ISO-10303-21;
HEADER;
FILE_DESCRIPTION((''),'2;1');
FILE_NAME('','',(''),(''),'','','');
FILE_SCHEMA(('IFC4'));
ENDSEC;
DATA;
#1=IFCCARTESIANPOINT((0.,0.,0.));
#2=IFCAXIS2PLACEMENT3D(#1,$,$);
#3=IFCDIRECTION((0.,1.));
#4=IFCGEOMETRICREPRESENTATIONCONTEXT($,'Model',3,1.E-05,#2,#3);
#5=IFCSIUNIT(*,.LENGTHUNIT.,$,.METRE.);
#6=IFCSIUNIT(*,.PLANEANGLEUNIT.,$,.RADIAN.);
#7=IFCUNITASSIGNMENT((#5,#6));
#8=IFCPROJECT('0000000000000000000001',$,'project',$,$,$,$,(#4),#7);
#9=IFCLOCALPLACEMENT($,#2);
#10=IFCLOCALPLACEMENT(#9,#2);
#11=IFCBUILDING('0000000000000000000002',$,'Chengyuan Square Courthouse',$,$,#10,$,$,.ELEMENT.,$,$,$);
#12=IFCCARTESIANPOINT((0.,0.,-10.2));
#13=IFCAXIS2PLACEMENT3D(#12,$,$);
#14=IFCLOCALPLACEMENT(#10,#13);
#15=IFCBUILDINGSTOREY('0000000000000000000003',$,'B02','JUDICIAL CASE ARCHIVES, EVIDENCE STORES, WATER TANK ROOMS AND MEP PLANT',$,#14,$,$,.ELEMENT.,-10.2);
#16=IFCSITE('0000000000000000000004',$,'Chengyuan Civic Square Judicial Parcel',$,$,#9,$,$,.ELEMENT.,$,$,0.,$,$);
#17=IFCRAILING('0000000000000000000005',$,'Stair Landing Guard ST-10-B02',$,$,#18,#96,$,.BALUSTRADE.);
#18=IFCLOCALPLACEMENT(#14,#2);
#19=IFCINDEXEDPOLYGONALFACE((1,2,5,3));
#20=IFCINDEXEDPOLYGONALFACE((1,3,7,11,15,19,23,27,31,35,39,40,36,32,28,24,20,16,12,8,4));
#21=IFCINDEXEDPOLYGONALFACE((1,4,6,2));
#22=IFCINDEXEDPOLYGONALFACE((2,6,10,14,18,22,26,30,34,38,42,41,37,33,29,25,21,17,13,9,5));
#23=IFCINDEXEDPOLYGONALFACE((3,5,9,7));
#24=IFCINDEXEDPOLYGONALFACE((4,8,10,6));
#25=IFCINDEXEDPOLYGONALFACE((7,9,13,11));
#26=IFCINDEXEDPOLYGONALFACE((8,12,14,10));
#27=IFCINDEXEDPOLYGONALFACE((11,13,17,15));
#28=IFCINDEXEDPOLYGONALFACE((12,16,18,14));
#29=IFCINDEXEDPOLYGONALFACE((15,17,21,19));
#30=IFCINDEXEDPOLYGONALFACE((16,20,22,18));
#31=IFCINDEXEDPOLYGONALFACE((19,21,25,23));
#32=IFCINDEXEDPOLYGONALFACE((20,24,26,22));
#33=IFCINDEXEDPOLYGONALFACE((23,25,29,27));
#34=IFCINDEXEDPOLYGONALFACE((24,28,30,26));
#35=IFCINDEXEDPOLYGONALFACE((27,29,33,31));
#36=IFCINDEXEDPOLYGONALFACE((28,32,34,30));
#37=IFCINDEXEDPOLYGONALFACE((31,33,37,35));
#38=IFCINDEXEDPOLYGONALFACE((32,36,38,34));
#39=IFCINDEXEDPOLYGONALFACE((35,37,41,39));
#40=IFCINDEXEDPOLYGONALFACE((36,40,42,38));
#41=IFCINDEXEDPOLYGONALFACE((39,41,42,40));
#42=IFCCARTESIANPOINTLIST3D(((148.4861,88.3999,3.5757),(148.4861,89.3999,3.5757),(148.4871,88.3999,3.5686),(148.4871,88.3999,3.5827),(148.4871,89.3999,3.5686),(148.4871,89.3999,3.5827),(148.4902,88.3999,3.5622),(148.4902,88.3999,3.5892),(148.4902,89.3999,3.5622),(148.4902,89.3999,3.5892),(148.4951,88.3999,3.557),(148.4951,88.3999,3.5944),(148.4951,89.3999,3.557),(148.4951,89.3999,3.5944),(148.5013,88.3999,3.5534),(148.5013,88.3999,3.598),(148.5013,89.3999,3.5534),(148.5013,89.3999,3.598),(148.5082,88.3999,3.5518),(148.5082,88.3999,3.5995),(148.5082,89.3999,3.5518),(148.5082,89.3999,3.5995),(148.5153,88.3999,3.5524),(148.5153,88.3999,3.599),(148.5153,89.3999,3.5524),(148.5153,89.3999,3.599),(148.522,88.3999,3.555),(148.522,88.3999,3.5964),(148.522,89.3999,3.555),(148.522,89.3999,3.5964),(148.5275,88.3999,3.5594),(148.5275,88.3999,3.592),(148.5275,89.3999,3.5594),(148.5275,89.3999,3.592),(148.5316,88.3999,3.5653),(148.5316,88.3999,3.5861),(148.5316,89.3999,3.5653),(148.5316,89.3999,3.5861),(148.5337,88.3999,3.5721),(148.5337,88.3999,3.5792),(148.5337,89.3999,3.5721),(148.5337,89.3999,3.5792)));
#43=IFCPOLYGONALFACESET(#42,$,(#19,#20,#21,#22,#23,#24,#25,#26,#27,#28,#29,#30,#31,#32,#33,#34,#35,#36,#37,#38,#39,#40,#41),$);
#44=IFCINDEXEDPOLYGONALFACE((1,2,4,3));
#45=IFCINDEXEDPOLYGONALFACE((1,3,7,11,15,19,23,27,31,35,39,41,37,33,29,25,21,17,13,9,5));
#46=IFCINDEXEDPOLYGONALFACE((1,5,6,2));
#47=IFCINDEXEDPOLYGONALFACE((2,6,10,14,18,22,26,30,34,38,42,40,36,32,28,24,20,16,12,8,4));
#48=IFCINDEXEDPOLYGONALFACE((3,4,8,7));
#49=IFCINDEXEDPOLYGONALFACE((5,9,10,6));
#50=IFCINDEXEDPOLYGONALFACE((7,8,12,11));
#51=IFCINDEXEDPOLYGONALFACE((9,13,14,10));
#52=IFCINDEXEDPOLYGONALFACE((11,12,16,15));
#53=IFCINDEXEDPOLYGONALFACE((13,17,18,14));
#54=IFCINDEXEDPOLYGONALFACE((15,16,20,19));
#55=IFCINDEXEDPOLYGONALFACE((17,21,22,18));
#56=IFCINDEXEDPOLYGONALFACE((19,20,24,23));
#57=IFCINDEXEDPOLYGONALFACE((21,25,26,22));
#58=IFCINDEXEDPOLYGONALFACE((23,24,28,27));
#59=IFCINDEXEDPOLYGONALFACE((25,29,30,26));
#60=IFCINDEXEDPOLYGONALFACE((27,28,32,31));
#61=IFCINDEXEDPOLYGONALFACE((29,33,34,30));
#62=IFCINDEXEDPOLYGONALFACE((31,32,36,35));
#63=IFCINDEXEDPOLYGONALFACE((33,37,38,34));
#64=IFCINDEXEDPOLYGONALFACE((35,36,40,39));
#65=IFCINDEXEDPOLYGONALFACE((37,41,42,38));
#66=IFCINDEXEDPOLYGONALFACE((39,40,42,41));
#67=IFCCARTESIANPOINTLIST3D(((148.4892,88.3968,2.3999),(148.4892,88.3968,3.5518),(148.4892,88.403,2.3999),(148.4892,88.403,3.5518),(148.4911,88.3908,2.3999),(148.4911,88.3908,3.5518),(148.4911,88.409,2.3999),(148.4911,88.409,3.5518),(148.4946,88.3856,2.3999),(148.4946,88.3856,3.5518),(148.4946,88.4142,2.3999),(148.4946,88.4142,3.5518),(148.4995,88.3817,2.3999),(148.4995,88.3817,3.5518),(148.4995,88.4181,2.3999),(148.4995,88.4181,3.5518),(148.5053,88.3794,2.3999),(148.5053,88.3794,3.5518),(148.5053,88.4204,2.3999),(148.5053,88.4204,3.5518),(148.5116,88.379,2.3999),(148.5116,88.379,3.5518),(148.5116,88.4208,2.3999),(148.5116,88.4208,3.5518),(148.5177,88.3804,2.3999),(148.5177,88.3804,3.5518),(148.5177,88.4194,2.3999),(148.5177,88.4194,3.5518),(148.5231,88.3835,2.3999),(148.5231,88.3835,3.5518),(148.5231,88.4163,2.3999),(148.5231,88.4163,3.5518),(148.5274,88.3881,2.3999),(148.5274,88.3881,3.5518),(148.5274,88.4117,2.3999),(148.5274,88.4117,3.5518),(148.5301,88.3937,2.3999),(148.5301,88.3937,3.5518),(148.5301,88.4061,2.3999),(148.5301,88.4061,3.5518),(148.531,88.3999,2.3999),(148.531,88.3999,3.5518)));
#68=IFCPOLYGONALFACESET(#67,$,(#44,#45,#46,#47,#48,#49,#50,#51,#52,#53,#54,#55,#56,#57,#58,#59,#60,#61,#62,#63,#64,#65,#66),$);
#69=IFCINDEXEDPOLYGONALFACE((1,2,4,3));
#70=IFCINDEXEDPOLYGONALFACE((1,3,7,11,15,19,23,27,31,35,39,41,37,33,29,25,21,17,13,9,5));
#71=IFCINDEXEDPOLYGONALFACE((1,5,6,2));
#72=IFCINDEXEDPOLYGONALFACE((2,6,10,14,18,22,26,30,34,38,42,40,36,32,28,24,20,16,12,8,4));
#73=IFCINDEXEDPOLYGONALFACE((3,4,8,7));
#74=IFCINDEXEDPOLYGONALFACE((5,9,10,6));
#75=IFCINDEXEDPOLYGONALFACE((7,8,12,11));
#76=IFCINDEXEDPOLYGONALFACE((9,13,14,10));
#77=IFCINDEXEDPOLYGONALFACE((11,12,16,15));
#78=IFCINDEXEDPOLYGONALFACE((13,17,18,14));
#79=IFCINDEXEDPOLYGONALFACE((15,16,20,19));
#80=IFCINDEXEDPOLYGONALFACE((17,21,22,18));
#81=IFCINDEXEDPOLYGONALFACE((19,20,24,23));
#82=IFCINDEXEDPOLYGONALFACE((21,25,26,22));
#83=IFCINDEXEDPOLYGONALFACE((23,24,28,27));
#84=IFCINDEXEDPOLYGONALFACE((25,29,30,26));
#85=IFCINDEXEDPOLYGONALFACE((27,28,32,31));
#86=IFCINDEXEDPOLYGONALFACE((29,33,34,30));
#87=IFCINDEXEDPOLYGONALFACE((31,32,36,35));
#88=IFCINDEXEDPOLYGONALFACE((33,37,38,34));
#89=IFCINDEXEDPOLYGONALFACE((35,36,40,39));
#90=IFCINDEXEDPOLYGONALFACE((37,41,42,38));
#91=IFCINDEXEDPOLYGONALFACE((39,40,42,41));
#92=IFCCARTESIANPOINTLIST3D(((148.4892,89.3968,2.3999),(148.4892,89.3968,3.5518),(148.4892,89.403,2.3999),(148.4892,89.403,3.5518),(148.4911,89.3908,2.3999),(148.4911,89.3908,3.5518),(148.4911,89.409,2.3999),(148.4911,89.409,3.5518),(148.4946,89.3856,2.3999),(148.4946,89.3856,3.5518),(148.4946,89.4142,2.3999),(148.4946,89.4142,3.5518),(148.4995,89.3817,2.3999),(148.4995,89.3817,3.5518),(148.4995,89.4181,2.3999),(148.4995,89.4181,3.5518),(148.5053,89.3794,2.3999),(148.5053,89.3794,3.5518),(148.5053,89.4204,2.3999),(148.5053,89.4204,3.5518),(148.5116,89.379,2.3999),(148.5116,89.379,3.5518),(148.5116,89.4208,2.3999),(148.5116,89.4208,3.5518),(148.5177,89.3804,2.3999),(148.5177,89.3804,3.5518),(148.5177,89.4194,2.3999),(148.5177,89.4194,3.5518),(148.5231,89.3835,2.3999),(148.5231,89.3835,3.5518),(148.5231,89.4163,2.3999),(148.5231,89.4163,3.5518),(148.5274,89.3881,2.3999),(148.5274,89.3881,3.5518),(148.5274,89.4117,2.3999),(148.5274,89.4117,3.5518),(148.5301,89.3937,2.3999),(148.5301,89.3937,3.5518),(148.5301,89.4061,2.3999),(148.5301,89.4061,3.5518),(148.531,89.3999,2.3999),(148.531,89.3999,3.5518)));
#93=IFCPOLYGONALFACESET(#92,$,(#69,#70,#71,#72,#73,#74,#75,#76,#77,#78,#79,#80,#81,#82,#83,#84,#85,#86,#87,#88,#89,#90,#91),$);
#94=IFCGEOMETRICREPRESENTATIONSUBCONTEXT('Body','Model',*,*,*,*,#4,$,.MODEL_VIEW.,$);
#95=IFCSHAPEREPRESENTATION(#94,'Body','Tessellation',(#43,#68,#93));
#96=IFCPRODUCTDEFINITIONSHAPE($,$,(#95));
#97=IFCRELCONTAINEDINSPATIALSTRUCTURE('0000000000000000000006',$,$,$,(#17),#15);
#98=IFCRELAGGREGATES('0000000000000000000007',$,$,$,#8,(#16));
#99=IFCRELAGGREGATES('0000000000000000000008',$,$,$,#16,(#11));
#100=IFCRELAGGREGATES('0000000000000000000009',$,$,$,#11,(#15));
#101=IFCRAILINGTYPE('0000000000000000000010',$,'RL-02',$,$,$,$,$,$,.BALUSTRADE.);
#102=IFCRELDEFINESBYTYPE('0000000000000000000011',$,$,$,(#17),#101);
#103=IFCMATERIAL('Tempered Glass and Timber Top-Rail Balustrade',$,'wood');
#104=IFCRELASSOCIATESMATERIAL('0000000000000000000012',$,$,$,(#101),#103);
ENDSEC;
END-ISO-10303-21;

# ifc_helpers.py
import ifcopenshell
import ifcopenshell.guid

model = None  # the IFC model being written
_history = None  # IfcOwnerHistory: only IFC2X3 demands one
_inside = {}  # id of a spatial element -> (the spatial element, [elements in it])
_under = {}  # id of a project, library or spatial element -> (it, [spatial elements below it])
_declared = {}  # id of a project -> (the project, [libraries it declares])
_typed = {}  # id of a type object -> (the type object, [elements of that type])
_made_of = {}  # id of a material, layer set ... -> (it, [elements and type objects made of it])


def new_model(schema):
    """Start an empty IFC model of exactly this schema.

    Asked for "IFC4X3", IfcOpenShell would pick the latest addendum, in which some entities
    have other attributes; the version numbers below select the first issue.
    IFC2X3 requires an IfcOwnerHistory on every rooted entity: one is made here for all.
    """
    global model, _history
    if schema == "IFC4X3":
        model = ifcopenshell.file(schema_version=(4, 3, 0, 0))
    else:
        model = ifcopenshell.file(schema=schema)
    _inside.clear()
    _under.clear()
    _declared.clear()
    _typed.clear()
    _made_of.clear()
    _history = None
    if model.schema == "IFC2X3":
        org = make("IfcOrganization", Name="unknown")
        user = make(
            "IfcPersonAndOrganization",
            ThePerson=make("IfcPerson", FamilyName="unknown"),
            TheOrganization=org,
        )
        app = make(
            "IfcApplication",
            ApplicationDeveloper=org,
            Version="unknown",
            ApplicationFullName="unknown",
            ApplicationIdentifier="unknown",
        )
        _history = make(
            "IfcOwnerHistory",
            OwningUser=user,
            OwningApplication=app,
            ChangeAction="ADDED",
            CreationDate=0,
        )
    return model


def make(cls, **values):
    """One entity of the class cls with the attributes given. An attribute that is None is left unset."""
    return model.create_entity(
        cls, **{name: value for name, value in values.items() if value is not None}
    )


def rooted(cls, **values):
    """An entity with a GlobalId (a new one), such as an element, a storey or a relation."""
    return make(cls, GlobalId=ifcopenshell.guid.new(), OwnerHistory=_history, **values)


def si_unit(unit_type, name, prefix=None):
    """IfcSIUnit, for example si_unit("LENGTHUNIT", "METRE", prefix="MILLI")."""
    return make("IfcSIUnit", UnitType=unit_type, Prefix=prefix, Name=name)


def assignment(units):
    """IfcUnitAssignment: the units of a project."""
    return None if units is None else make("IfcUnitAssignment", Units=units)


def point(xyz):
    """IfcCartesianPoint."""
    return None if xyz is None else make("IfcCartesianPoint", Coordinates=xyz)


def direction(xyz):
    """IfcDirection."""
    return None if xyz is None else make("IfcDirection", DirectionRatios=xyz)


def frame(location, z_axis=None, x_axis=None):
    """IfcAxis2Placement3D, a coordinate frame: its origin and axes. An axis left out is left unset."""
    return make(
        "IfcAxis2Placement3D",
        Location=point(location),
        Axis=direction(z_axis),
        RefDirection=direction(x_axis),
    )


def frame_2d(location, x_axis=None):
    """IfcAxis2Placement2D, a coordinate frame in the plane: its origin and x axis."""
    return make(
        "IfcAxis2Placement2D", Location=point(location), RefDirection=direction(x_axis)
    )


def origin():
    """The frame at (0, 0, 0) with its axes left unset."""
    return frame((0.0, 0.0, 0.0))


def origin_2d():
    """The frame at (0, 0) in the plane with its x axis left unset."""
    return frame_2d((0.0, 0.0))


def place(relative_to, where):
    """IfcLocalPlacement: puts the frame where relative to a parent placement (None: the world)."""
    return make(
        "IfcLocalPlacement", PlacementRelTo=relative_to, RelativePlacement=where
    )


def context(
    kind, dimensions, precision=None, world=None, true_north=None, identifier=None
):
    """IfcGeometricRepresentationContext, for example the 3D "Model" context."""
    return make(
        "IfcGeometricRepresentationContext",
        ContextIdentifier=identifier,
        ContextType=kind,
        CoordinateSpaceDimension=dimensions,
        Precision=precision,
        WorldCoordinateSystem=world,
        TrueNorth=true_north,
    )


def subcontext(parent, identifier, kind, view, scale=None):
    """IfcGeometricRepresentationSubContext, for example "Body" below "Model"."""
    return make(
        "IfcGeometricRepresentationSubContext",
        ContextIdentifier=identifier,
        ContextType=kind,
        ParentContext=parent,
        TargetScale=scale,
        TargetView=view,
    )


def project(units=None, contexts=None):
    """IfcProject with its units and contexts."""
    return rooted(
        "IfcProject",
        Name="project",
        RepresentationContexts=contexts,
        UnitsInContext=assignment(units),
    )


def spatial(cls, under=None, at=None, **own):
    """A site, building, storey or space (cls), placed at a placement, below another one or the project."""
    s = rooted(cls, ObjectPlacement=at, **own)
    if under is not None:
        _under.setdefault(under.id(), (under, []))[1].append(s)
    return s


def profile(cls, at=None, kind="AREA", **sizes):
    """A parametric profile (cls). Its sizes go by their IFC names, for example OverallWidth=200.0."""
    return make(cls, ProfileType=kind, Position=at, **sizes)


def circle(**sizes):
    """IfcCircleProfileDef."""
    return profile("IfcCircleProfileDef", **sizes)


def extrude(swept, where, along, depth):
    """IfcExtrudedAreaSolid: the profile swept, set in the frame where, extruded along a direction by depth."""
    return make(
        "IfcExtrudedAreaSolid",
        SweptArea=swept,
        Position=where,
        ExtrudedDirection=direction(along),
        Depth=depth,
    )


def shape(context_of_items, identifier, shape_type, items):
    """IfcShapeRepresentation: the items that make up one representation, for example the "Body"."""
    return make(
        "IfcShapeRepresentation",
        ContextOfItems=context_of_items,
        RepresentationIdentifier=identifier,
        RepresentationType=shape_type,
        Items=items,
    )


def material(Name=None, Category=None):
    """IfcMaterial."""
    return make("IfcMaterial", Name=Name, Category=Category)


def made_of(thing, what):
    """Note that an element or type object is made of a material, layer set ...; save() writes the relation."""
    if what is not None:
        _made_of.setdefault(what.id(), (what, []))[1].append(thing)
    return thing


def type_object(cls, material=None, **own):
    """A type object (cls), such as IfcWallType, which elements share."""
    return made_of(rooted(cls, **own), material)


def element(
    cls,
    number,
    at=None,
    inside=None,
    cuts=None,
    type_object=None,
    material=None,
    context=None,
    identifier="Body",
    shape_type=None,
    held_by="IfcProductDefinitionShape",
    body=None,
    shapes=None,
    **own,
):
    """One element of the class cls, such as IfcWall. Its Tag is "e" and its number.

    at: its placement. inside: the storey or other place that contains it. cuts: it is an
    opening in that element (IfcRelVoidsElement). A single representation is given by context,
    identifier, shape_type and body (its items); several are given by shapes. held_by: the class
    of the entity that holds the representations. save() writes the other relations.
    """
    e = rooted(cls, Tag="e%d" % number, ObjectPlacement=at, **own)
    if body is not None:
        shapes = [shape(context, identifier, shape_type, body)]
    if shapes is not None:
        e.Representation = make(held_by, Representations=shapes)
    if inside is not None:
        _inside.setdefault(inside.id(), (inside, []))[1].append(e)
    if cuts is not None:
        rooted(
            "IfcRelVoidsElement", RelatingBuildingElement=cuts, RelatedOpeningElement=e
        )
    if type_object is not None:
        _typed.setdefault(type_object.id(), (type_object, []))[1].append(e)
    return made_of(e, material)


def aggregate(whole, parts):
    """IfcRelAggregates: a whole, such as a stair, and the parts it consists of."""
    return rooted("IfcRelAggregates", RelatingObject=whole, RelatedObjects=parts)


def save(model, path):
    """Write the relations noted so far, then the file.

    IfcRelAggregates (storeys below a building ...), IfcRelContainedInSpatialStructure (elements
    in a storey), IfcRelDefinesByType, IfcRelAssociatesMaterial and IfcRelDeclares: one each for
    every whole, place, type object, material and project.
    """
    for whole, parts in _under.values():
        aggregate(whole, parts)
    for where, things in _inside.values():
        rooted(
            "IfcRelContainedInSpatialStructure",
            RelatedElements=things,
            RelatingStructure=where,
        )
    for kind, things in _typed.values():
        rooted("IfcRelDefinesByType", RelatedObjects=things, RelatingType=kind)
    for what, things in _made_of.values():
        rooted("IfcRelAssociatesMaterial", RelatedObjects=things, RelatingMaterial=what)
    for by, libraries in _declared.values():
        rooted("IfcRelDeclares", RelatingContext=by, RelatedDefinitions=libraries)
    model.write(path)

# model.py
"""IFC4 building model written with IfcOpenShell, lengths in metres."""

from ifc_helpers import new_model, si_unit, direction, frame, origin, origin_2d, place, context, subcontext, project, spatial, circle, extrude, material, type_object, element, save


model = new_model("IFC4")

# Units and contexts
model_context = context("Model", 3, precision=1e-05, world=origin(), true_north=direction((0.0, 1.0)))
body_context = subcontext(model_context, "Body", "Model", "MODEL_VIEW")
ifc_project = project(units=[si_unit("LENGTHUNIT", "METRE"), si_unit("PLANEANGLEUNIT", "RADIAN")], contexts=[model_context])

# Site, building, storey
site_placement = place(None, origin())
site = spatial("IfcSite", under=ifc_project, at=site_placement, Name="Chengyuan Civic Square Judicial Parcel", CompositionType="ELEMENT", RefElevation=0.0)
building_placement = place(site_placement, origin())
building = spatial("IfcBuilding", under=site, at=building_placement, Name="Chengyuan Square Courthouse", CompositionType="ELEMENT")
storey_placement = place(building_placement, frame((0.0, 0.0, -10.2)))
storey = spatial("IfcBuildingStorey", under=building, at=storey_placement, Name="B02", Description="JUDICIAL CASE ARCHIVES, EVIDENCE STORES, WATER TANK ROOMS AND MEP PLANT", CompositionType="ELEMENT", Elevation=-10.2)

# Railing
ifc_material_1 = material(Name="Tempered Glass and Timber Top-Rail Balustrade", Category="wood")
railing_type_1 = type_object("IfcRailingType", Name="RL-02", PredefinedType="BALUSTRADE", material=ifc_material_1)
railing_1_placement = place(storey_placement, frame((148.51, 88.3999, 2.3999)))
element("IfcRailing", 1, at=railing_1_placement, inside=storey, type_object=railing_type_1, Name="Stair Landing Guard ST-10-B02", PredefinedType="BALUSTRADE", context=body_context, shape_type="SweptSolid", body=[
    extrude(circle(Radius=0.0239, at=origin_2d()), frame((0.0, 0.0, 1.1758), z_axis=(0.0, 1.0, 0.0), x_axis=(-1.0, 0.0, 0.0)), (0.0, 0.0, 1.0), 1.0),
    extrude(circle(Radius=0.021, at=origin_2d()), origin(), (0.0, 0.0, 1.0), 1.1519),
    extrude(circle(Radius=0.021, at=origin_2d()), frame((0.0, 1.0, 0.0)), (0.0, 0.0, 1.0), 1.1519),
])

save(model, "model.ifc")
